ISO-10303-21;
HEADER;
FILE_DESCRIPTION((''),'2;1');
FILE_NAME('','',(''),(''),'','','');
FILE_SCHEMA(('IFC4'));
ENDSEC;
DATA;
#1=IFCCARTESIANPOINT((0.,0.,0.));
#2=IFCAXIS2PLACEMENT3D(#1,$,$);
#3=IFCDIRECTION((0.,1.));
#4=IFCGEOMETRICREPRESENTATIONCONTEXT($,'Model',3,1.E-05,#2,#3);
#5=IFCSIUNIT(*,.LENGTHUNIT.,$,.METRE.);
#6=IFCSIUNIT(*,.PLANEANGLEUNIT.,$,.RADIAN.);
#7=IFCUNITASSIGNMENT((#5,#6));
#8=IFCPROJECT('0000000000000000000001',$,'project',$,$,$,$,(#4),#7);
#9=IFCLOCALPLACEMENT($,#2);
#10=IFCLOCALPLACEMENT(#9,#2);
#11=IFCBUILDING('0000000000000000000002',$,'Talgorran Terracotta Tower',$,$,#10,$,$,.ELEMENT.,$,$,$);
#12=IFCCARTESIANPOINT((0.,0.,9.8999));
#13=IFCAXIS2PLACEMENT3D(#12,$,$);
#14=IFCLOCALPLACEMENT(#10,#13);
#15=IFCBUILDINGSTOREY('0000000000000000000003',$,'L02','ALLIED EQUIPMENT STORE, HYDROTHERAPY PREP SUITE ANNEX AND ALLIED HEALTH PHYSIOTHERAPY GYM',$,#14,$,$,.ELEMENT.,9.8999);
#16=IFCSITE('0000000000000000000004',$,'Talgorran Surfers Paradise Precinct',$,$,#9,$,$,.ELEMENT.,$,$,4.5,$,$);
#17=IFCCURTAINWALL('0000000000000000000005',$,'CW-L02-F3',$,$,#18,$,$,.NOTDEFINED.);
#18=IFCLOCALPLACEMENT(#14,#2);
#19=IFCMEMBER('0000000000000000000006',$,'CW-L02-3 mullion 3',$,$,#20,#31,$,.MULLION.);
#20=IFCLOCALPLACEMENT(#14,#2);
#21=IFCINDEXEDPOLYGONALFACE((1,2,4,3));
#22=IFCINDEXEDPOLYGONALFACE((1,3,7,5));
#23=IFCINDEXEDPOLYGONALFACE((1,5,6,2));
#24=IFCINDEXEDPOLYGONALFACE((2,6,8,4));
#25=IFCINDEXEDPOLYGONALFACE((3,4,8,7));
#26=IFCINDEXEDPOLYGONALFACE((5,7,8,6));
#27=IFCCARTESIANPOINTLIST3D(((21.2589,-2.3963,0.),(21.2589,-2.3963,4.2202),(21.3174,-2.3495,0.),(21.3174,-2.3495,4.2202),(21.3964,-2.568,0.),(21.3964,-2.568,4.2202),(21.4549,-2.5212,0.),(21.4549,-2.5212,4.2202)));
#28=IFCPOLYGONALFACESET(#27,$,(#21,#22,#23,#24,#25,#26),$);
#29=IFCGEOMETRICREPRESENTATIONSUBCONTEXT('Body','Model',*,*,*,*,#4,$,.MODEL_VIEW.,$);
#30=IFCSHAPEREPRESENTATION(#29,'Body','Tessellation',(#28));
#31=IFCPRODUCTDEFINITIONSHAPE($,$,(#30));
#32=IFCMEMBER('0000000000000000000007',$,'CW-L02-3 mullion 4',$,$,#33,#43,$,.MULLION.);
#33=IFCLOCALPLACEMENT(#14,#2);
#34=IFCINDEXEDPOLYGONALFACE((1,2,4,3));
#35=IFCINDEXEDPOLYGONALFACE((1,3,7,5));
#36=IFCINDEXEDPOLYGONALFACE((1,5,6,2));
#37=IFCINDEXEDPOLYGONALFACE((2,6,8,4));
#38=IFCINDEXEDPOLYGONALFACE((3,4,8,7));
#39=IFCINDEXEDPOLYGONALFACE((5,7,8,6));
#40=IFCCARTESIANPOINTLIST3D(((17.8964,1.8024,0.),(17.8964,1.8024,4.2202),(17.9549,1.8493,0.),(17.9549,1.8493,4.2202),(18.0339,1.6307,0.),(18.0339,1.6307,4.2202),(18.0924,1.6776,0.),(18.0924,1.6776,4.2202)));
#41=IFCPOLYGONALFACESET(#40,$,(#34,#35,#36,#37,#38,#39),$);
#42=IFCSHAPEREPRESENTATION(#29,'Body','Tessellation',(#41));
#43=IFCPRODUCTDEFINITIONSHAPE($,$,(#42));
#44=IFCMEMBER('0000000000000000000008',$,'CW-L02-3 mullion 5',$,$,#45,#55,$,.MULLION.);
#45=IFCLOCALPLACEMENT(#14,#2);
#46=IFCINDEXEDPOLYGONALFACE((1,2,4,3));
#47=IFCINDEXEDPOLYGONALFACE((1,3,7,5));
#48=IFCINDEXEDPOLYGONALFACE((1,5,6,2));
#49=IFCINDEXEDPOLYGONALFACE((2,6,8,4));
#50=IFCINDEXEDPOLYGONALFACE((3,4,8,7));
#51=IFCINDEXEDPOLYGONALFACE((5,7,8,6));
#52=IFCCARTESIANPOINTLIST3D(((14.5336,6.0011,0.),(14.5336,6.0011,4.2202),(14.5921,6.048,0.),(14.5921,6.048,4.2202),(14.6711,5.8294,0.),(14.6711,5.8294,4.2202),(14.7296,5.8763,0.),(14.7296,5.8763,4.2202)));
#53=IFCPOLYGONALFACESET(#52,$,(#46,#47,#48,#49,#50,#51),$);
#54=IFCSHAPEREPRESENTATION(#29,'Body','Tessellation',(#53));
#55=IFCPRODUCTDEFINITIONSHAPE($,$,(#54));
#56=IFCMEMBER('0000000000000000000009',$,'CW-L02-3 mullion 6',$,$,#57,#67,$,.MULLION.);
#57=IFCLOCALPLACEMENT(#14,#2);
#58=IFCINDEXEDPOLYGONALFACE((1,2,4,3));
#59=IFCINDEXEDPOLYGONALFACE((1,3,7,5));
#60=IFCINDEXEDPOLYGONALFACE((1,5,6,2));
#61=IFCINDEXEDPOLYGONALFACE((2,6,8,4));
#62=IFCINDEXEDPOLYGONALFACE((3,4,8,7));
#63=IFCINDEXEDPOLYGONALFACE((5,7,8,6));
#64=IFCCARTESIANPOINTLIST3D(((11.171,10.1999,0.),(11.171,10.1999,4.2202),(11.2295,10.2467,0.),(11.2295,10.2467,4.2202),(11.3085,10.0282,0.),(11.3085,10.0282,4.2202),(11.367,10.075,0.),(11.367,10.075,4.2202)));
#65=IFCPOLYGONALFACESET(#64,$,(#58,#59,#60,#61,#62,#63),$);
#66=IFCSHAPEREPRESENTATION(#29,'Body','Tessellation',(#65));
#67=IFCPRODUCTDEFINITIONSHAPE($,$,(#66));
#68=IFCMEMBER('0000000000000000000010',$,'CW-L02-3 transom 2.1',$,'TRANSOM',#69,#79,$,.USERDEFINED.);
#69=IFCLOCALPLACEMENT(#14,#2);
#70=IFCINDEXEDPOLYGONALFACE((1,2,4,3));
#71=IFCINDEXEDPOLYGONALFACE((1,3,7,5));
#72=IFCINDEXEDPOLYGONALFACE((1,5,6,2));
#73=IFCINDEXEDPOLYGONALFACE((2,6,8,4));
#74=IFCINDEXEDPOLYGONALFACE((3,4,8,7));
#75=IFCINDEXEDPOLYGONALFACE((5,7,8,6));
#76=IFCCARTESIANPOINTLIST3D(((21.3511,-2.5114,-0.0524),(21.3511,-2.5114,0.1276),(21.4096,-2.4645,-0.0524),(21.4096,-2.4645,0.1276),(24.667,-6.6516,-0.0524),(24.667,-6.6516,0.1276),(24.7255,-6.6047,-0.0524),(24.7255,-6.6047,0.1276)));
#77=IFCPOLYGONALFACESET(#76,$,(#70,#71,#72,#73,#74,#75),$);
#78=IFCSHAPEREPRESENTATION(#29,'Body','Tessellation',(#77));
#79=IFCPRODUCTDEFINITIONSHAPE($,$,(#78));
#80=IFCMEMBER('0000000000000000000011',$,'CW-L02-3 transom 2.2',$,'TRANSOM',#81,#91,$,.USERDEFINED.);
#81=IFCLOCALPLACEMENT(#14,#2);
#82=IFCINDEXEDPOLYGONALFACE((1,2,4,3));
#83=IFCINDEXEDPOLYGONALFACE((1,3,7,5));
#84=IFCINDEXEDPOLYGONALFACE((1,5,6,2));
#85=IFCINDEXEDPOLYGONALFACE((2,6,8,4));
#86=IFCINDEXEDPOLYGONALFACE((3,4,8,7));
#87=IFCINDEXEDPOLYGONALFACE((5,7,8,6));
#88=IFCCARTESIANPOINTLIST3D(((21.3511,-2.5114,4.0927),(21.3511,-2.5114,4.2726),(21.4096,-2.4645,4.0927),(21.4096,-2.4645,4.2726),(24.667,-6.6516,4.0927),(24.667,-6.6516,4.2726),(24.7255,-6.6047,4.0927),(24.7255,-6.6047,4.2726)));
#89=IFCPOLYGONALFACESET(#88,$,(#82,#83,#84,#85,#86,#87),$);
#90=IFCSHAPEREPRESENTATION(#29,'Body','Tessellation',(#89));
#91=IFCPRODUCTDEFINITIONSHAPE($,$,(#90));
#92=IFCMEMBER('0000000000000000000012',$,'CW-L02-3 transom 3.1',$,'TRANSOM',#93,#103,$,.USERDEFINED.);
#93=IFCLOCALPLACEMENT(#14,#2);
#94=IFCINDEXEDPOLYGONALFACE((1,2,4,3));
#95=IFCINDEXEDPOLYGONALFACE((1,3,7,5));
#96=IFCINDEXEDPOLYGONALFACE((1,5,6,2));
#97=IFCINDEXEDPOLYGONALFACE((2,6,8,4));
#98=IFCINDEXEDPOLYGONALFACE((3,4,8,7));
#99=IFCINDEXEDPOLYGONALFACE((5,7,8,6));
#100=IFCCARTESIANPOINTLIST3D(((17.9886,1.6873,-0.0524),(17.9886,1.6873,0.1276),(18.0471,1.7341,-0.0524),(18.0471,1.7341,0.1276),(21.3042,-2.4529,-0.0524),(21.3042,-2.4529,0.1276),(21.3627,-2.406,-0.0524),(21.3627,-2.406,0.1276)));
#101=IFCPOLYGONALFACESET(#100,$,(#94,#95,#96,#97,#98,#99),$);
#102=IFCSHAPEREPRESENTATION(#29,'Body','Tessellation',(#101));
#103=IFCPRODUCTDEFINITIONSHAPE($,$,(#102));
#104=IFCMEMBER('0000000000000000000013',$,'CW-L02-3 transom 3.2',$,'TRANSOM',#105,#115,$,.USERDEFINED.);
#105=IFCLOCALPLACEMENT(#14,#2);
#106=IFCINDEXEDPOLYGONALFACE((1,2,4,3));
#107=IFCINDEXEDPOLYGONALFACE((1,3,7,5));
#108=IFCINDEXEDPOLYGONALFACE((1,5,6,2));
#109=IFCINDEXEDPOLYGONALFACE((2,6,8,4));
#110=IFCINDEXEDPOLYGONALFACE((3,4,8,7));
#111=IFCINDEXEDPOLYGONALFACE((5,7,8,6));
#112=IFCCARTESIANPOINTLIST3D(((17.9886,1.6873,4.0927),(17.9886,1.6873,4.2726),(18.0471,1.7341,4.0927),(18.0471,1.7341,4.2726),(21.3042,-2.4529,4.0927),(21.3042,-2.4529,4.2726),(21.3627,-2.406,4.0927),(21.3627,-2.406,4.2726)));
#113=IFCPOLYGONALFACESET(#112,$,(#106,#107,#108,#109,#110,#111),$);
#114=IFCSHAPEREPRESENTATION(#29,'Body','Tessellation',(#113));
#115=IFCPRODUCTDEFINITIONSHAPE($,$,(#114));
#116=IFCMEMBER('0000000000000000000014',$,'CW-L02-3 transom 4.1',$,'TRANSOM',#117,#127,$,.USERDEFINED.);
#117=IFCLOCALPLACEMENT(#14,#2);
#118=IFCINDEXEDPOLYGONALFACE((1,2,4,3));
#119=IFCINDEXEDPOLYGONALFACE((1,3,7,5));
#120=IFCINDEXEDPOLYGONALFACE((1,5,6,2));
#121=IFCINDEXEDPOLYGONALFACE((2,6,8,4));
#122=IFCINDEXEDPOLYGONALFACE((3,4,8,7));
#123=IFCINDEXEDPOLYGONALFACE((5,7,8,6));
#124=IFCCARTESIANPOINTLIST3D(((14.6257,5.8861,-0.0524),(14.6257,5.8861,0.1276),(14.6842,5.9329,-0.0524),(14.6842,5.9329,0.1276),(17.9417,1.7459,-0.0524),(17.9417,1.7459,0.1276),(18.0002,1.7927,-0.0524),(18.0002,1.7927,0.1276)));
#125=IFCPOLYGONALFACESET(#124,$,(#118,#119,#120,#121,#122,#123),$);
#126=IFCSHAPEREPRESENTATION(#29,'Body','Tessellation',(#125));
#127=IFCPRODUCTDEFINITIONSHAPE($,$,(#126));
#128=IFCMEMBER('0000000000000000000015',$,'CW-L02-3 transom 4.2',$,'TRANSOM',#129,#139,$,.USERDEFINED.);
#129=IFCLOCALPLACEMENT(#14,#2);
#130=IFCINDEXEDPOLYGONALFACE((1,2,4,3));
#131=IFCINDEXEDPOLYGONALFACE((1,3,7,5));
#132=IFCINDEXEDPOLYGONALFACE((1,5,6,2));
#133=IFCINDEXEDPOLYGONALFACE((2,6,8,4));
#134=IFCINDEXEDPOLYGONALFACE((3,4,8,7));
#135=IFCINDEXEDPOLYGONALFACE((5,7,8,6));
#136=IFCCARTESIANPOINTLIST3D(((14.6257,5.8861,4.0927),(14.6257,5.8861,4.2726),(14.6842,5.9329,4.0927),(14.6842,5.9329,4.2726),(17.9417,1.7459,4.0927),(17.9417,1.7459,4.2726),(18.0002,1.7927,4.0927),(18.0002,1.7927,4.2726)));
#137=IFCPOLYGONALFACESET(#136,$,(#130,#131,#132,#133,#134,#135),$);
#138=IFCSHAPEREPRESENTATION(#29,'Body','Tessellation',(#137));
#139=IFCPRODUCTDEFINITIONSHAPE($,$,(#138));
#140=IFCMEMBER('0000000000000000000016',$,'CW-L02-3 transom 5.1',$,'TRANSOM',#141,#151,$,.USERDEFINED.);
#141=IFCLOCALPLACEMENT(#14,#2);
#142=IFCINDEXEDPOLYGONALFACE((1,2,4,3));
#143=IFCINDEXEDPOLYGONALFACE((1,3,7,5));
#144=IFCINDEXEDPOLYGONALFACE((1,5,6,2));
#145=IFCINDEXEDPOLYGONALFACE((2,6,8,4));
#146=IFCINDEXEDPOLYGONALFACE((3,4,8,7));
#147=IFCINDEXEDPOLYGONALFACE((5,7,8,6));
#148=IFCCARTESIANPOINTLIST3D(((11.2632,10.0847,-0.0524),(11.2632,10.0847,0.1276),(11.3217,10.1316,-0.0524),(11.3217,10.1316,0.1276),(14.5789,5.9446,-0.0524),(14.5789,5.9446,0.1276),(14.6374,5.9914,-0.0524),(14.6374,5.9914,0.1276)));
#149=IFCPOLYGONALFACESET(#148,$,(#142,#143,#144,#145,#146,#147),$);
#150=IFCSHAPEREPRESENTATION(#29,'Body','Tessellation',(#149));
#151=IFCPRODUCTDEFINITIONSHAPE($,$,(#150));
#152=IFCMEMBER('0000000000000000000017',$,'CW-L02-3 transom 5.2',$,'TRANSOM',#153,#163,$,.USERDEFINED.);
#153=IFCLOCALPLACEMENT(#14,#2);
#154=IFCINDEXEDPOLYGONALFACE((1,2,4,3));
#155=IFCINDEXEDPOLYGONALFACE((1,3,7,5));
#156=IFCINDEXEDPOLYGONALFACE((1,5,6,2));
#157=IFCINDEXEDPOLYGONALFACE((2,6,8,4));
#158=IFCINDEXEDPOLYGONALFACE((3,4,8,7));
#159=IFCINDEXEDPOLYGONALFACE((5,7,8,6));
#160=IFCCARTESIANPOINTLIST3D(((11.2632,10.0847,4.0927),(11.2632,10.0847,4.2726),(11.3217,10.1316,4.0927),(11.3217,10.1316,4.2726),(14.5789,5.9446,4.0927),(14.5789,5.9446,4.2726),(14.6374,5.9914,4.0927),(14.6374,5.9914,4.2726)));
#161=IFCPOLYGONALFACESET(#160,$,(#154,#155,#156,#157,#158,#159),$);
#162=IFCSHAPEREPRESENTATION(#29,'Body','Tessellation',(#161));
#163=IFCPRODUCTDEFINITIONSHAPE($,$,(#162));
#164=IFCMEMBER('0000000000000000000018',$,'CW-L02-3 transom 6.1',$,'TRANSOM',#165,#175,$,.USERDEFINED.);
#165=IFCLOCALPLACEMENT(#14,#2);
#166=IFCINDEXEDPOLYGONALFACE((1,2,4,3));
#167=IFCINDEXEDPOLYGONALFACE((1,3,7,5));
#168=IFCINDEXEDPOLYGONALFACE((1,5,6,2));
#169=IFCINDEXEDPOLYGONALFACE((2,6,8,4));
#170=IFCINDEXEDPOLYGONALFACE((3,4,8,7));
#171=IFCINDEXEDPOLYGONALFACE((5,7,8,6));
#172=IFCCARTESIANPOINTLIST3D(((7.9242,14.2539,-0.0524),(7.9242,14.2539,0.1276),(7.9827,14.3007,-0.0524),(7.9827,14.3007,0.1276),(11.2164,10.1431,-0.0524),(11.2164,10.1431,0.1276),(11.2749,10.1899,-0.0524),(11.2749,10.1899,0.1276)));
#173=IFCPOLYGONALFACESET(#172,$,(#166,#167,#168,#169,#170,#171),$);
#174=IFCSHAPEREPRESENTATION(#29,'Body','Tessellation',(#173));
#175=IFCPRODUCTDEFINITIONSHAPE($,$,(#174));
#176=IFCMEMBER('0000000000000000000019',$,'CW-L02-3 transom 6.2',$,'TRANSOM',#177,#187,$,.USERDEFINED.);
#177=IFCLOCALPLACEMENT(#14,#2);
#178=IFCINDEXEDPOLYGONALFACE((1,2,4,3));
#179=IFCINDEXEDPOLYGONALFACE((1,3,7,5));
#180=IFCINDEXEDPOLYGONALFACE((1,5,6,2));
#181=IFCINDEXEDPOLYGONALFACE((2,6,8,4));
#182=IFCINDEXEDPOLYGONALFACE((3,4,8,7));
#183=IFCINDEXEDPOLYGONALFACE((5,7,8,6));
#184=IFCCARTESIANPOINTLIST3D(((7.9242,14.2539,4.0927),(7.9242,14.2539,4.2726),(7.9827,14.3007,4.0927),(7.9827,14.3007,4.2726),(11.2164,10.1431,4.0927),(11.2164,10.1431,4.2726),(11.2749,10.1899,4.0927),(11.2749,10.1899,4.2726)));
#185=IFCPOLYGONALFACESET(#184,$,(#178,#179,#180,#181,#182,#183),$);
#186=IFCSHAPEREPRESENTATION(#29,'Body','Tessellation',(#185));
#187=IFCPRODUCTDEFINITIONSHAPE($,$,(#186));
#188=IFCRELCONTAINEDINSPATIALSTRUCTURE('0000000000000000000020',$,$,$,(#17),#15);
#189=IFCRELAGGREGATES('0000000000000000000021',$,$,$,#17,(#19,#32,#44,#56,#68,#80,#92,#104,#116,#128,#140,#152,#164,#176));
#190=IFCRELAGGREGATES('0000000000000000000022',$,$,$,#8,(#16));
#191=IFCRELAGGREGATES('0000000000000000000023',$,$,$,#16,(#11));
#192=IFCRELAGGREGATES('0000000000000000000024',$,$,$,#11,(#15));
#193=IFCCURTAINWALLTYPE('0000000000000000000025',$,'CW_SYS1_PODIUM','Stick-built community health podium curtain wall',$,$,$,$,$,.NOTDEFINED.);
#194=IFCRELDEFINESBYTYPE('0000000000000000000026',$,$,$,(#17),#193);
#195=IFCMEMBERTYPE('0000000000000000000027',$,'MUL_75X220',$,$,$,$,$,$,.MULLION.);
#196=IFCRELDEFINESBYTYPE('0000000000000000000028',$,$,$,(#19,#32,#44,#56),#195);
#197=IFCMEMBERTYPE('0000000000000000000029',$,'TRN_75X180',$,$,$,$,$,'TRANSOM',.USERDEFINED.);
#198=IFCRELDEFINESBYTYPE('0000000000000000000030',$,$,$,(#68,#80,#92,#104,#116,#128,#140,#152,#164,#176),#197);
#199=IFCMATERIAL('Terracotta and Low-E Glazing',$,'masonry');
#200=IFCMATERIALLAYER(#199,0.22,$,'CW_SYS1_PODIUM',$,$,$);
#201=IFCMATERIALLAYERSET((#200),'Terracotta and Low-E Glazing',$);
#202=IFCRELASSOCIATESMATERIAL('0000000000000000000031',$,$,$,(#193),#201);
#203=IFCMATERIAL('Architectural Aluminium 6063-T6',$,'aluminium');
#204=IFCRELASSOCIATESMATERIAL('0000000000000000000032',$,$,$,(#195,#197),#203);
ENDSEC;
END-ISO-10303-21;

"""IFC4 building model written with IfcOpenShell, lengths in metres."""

from ifc_helpers import new_model, si_unit, direction, frame, origin, origin_2d, place, context, subcontext, project, spatial, rectangle, extrude, material, layer, layer_set, material_profile, profile_set, type_object, element, aggregate, save


model = new_model("IFC4")

# Units and contexts
model_context = context("Model", 3, precision=1e-05, world=origin(), true_north=direction((0.0, 1.0)))
body_context = subcontext(model_context, "Body", "Model", "MODEL_VIEW")
ifc_project = project(units=[si_unit("LENGTHUNIT", "METRE"), si_unit("PLANEANGLEUNIT", "RADIAN")], contexts=[model_context])

# Site, building, storey
site_placement = place(None, origin())
site = spatial("IfcSite", under=ifc_project, at=site_placement, Name="Talgorran Surfers Paradise Precinct", CompositionType="ELEMENT", RefElevation=4.5)
building_placement = place(site_placement, origin())
building = spatial("IfcBuilding", under=site, at=building_placement, Name="Talgorran Terracotta Tower", CompositionType="ELEMENT")
storey_placement = place(building_placement, frame((0.0, 0.0, 9.8999)))
storey = spatial("IfcBuildingStorey", under=building, at=storey_placement, Name="L02", Description="ALLIED EQUIPMENT STORE, HYDROTHERAPY PREP SUITE ANNEX AND ALLIED HEALTH PHYSIOTHERAPY GYM", CompositionType="ELEMENT", Elevation=9.8999)

# Curtain wall, members
ifc_material_1 = material(Name="Terracotta and Low-E Glazing", Category="masonry")
ifc_layer_1 = layer(ifc_material_1, 0.22, Name="CW_SYS1_PODIUM")
ifc_layer_set_1 = layer_set([ifc_layer_1], Name="Terracotta and Low-E Glazing")
curtain_wall_type = type_object("IfcCurtainWallType", Name="CW_SYS1_PODIUM", Description="Stick-built community health podium curtain wall", PredefinedType="NOTDEFINED", material=ifc_layer_set_1)
curtain_wall_placement = place(storey_placement, origin())
curtain_wall = element("IfcCurtainWall", 1, at=curtain_wall_placement, inside=storey, type_object=curtain_wall_type, Name="CW-L02-F3", PredefinedType="NOTDEFINED")
ifc_material_2 = material(Name="Architectural Aluminium 6063-T6", Category="aluminium")
ifc_material_profile_1 = material_profile(ifc_material_2, rectangle(XDim=0.075, YDim=0.22, at=origin_2d()), Name="CWM75X220")
ifc_profile_set_1 = profile_set([ifc_material_profile_1], Name="Architectural Aluminium 6063-T6")
member_type_1 = type_object("IfcMemberType", Name="MUL_75X220", PredefinedType="MULLION", material=ifc_profile_set_1)
member_1_placement = place(storey_placement, frame((21.3569, -2.4587, 0.0), z_axis=(0.0, 0.0, 1.0), x_axis=(-0.780532, -0.625116, 0.0)))
member_1 = element("IfcMember", 2, at=member_1_placement, type_object=member_type_1, Name="CW-L02-3 mullion 3", PredefinedType="MULLION", context=body_context, shape_type="SweptSolid", body=[
    extrude(rectangle(XDim=0.075, YDim=0.22, at=origin_2d()), origin(), (0.0, 0.0, 1.0), 4.2202),
])
member_2_placement = place(storey_placement, frame((17.9944, 1.74, 0.0), z_axis=(0.0, 0.0, 1.0), x_axis=(-0.780532, -0.625116, 0.0)))
member_2 = element("IfcMember", 3, at=member_2_placement, type_object=member_type_1, Name="CW-L02-3 mullion 4", PredefinedType="MULLION", context=body_context, shape_type="SweptSolid", body=[
    extrude(rectangle(XDim=0.075, YDim=0.22, at=origin_2d()), origin(), (0.0, 0.0, 1.0), 4.2202),
])
member_3_placement = place(storey_placement, frame((14.6316, 5.9387, 0.0), z_axis=(0.0, 0.0, 1.0), x_axis=(-0.780532, -0.625116, 0.0)))
member_3 = element("IfcMember", 4, at=member_3_placement, type_object=member_type_1, Name="CW-L02-3 mullion 5", PredefinedType="MULLION", context=body_context, shape_type="SweptSolid", body=[
    extrude(rectangle(XDim=0.075, YDim=0.22, at=origin_2d()), origin(), (0.0, 0.0, 1.0), 4.2202),
])
member_4_placement = place(storey_placement, frame((11.269, 10.1375, 0.0), z_axis=(0.0, 0.0, 1.0), x_axis=(-0.780532, -0.625116, 0.0)))
member_4 = element("IfcMember", 5, at=member_4_placement, type_object=member_type_1, Name="CW-L02-3 mullion 6", PredefinedType="MULLION", context=body_context, shape_type="SweptSolid", body=[
    extrude(rectangle(XDim=0.075, YDim=0.22, at=origin_2d()), origin(), (0.0, 0.0, 1.0), 4.2202),
])
ifc_material_profile_2 = material_profile(ifc_material_2, rectangle(XDim=0.075, YDim=0.1799, at=origin_2d()), Name="CWT75X180")
ifc_profile_set_2 = profile_set([ifc_material_profile_2], Name="Architectural Aluminium 6063-T6")
member_type_2 = type_object("IfcMemberType", Name="TRN_75X180", ElementType="TRANSOM", PredefinedType="USERDEFINED", material=ifc_profile_set_2)
member_5_placement = place(storey_placement, frame((24.6963, -6.6282, 0.0376), z_axis=(-0.625133, 0.780518, 0.0), x_axis=(-0.780518, -0.625133, 0.0)))
member_5 = element("IfcMember", 6, at=member_5_placement, type_object=member_type_2, Name="CW-L02-3 transom 2.1", ObjectType="TRANSOM", PredefinedType="USERDEFINED", context=body_context, shape_type="SweptSolid", body=[
    extrude(rectangle(XDim=0.075, YDim=0.1799, at=origin_2d()), origin(), (0.0, 0.0, 1.0), 5.3044),
])
member_6_placement = place(storey_placement, frame((24.6963, -6.6282, 4.1826), z_axis=(-0.625133, 0.780518, 0.0), x_axis=(-0.780518, -0.625133, 0.0)))
member_6 = element("IfcMember", 7, at=member_6_placement, type_object=member_type_2, Name="CW-L02-3 transom 2.2", ObjectType="TRANSOM", PredefinedType="USERDEFINED", context=body_context, shape_type="SweptSolid", body=[
    extrude(rectangle(XDim=0.075, YDim=0.1799, at=origin_2d()), origin(), (0.0, 0.0, 1.0), 5.3044),
])
member_7_placement = place(storey_placement, frame((21.3335, -2.4294, 0.0376), z_axis=(-0.625105, 0.780541, 0.0), x_axis=(-0.780541, -0.625105, 0.0)))
member_7 = element("IfcMember", 8, at=member_7_placement, type_object=member_type_2, Name="CW-L02-3 transom 3.1", ObjectType="TRANSOM", PredefinedType="USERDEFINED", context=body_context, shape_type="SweptSolid", body=[
    extrude(rectangle(XDim=0.075, YDim=0.1799, at=origin_2d()), origin(), (0.0, 0.0, 1.0), 5.3042),
])
member_8_placement = place(storey_placement, frame((21.3335, -2.4294, 4.1826), z_axis=(-0.625105, 0.780541, 0.0), x_axis=(-0.780541, -0.625105, 0.0)))
member_8 = element("IfcMember", 9, at=member_8_placement, type_object=member_type_2, Name="CW-L02-3 transom 3.2", ObjectType="TRANSOM", PredefinedType="USERDEFINED", context=body_context, shape_type="SweptSolid", body=[
    extrude(rectangle(XDim=0.075, YDim=0.1799, at=origin_2d()), origin(), (0.0, 0.0, 1.0), 5.3042),
])
member_9_placement = place(storey_placement, frame((17.9709, 1.7693, 0.0376), z_axis=(-0.625133, 0.780518, 0.0), x_axis=(-0.780518, -0.625133, 0.0)))
member_9 = element("IfcMember", 10, at=member_9_placement, type_object=member_type_2, Name="CW-L02-3 transom 4.1", ObjectType="TRANSOM", PredefinedType="USERDEFINED", context=body_context, shape_type="SweptSolid", body=[
    extrude(rectangle(XDim=0.075, YDim=0.1799, at=origin_2d()), origin(), (0.0, 0.0, 1.0), 5.3044),
])
member_10_placement = place(storey_placement, frame((17.9709, 1.7693, 4.1826), z_axis=(-0.625133, 0.780518, 0.0), x_axis=(-0.780518, -0.625133, 0.0)))
member_10 = element("IfcMember", 11, at=member_10_placement, type_object=member_type_2, Name="CW-L02-3 transom 4.2", ObjectType="TRANSOM", PredefinedType="USERDEFINED", context=body_context, shape_type="SweptSolid", body=[
    extrude(rectangle(XDim=0.075, YDim=0.1799, at=origin_2d()), origin(), (0.0, 0.0, 1.0), 5.3044),
])
member_11_placement = place(storey_placement, frame((14.6082, 5.968, 0.0376), z_axis=(-0.625105, 0.780541, 0.0), x_axis=(-0.780541, -0.625105, 0.0)))
member_11 = element("IfcMember", 12, at=member_11_placement, type_object=member_type_2, Name="CW-L02-3 transom 5.1", ObjectType="TRANSOM", PredefinedType="USERDEFINED", context=body_context, shape_type="SweptSolid", body=[
    extrude(rectangle(XDim=0.075, YDim=0.1799, at=origin_2d()), origin(), (0.0, 0.0, 1.0), 5.3042),
])
member_12_placement = place(storey_placement, frame((14.6082, 5.968, 4.1826), z_axis=(-0.625105, 0.780541, 0.0), x_axis=(-0.780541, -0.625105, 0.0)))
member_12 = element("IfcMember", 13, at=member_12_placement, type_object=member_type_2, Name="CW-L02-3 transom 5.2", ObjectType="TRANSOM", PredefinedType="USERDEFINED", context=body_context, shape_type="SweptSolid", body=[
    extrude(rectangle(XDim=0.075, YDim=0.1799, at=origin_2d()), origin(), (0.0, 0.0, 1.0), 5.3042),
])
member_13_placement = place(storey_placement, frame((11.2456, 10.1665, 0.0376), z_axis=(-0.625108, 0.780539, 0.0), x_axis=(-0.780539, -0.625108, 0.0)))
member_13 = element("IfcMember", 14, at=member_13_placement, type_object=member_type_2, Name="CW-L02-3 transom 6.1", ObjectType="TRANSOM", PredefinedType="USERDEFINED", context=body_context, shape_type="SweptSolid", body=[
    extrude(rectangle(XDim=0.075, YDim=0.1799, at=origin_2d()), origin(), (0.0, 0.0, 1.0), 5.2666),
])
member_14_placement = place(storey_placement, frame((11.2456, 10.1665, 4.1826), z_axis=(-0.625108, 0.780539, 0.0), x_axis=(-0.780539, -0.625108, 0.0)))
member_14 = element("IfcMember", 15, at=member_14_placement, type_object=member_type_2, Name="CW-L02-3 transom 6.2", ObjectType="TRANSOM", PredefinedType="USERDEFINED", context=body_context, shape_type="SweptSolid", body=[
    extrude(rectangle(XDim=0.075, YDim=0.1799, at=origin_2d()), origin(), (0.0, 0.0, 1.0), 5.2666),
])
aggregate(curtain_wall, [member_1, member_2, member_3, member_4, member_5, member_6, member_7, member_8, member_9, member_10, member_11, member_12, member_13, member_14])

save(model, "model.ifc")
